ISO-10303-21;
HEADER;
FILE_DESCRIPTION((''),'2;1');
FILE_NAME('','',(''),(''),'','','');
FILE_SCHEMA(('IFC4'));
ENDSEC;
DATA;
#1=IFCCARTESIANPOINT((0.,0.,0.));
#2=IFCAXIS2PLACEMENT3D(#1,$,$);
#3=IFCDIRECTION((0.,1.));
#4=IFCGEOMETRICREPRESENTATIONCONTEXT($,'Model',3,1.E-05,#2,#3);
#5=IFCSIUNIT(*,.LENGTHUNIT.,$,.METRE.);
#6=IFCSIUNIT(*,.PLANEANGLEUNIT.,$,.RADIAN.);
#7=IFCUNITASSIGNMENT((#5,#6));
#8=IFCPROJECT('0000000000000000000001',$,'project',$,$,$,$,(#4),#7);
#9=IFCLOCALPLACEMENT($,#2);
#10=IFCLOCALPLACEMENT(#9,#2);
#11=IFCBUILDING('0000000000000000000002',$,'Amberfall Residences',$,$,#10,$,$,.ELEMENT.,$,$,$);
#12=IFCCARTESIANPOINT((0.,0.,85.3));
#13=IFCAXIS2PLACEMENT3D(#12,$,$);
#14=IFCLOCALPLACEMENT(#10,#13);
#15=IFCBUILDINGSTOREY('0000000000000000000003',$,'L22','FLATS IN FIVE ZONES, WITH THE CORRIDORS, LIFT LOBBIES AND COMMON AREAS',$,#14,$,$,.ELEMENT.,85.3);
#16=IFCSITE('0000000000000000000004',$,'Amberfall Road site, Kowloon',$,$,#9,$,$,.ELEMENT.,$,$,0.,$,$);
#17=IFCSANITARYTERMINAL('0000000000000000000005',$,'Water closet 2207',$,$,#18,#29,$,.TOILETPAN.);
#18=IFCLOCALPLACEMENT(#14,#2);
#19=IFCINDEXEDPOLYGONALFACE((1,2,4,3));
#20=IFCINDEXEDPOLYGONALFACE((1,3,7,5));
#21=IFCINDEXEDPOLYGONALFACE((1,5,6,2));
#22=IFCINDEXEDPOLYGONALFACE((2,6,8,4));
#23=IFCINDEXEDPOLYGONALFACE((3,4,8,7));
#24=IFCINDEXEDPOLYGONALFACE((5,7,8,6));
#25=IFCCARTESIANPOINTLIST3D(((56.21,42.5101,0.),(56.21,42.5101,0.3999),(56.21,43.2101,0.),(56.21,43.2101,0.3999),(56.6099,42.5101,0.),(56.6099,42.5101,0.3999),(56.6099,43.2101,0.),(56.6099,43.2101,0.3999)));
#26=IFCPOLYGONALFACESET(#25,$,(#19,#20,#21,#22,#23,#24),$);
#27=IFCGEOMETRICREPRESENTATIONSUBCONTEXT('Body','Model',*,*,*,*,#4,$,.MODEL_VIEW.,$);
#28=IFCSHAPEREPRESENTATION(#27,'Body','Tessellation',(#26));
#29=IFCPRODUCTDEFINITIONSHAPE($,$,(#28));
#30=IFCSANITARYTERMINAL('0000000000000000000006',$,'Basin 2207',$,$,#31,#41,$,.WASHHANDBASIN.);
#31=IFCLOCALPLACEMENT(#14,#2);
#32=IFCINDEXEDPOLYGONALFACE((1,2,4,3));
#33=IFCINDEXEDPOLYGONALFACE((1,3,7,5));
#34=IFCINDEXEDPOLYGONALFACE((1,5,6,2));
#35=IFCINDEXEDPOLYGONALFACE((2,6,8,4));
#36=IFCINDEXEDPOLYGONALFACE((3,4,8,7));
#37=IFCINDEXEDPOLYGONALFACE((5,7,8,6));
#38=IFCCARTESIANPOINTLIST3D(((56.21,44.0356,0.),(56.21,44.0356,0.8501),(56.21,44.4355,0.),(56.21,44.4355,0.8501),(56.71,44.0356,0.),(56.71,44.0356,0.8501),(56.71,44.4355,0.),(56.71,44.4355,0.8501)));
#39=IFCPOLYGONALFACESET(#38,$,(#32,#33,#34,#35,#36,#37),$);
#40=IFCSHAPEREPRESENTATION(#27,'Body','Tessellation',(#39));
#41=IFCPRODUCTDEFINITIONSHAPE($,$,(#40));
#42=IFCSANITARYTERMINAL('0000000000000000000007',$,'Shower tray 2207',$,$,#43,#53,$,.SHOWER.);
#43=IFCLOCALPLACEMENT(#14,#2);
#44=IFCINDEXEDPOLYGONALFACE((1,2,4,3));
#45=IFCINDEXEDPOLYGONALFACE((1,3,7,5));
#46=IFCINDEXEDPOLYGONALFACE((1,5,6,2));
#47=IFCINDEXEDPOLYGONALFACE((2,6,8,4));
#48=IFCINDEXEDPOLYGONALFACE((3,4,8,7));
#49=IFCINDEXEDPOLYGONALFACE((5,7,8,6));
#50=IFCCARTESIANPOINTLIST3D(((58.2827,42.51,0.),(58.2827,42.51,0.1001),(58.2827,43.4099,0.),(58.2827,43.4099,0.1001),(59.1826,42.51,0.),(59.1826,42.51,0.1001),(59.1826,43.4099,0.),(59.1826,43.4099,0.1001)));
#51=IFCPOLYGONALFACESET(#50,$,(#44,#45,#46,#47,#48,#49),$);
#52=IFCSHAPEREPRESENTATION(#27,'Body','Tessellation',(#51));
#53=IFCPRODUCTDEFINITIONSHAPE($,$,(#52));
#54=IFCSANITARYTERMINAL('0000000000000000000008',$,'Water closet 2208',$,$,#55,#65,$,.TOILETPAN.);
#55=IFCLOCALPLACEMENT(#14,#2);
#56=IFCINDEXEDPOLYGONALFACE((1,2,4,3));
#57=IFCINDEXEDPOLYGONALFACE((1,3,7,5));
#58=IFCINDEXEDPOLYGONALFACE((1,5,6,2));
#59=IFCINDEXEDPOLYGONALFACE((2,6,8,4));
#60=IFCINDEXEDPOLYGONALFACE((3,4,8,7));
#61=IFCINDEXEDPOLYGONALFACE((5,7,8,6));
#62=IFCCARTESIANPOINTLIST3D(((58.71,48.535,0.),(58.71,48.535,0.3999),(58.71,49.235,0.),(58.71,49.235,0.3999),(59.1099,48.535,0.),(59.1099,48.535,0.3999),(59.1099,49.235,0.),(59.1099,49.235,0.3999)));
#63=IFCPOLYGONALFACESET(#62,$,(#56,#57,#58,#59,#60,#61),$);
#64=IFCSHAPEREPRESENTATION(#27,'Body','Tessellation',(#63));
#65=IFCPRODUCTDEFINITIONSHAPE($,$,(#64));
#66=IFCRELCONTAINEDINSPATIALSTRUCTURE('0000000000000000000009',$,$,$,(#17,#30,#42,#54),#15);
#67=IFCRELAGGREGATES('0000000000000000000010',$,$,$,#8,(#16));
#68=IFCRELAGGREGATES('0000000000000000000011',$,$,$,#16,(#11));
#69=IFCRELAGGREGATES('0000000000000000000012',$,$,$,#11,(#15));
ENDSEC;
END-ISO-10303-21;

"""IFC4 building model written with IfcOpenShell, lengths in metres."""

from ifc_helpers import new_model, si_unit, direction, frame, origin, origin_2d, place, context, subcontext, project, spatial, rectangle, extrude, element, save


model = new_model("IFC4")

# Units and contexts
model_context = context("Model", 3, precision=1e-05, world=origin(), true_north=direction((0.0, 1.0)))
body_context = subcontext(model_context, "Body", "Model", "MODEL_VIEW")
ifc_project = project(units=[si_unit("LENGTHUNIT", "METRE"), si_unit("PLANEANGLEUNIT", "RADIAN")], contexts=[model_context])

# Site, building, storey
site_placement = place(None, origin())
site = spatial("IfcSite", under=ifc_project, at=site_placement, Name="Amberfall Road site, Kowloon", CompositionType="ELEMENT", RefElevation=0.0)
building_placement = place(site_placement, origin())
building = spatial("IfcBuilding", under=site, at=building_placement, Name="Amberfall Residences", CompositionType="ELEMENT")
storey_placement = place(building_placement, frame((0.0, 0.0, 85.3)))
storey = spatial("IfcBuildingStorey", under=building, at=storey_placement, Name="L22", Description="FLATS IN FIVE ZONES, WITH THE CORRIDORS, LIFT LOBBIES AND COMMON AREAS", CompositionType="ELEMENT", Elevation=85.3)

# Sanitary terminals
sanitary_terminal_1_placement = place(storey_placement, frame((56.4099, 42.8601, 0.0), z_axis=(0.0, 0.0, 1.0), x_axis=(1.0, 0.0, 0.0)))
element("IfcSanitaryTerminal", 1, at=sanitary_terminal_1_placement, inside=storey, Name="Water closet 2207", PredefinedType="TOILETPAN", context=body_context, shape_type="SweptSolid", body=[
    extrude(rectangle(XDim=0.3999, YDim=0.7, at=origin_2d()), origin(), (0.0, 0.0, 1.0), 0.3999),
])
sanitary_terminal_2_placement = place(storey_placement, frame((56.46, 44.2356, 0.0), z_axis=(0.0, 0.0, 1.0), x_axis=(1.0, 0.0, 0.0)))
element("IfcSanitaryTerminal", 2, at=sanitary_terminal_2_placement, inside=storey, Name="Basin 2207", PredefinedType="WASHHANDBASIN", context=body_context, shape_type="SweptSolid", body=[
    extrude(rectangle(XDim=0.5, YDim=0.3999, at=origin_2d()), origin(), (0.0, 0.0, 1.0), 0.8501),
])
sanitary_terminal_3_placement = place(storey_placement, frame((58.7327, 42.96, 0.0), z_axis=(0.0, 0.0, 1.0), x_axis=(1.0, 0.0, 0.0)))
element("IfcSanitaryTerminal", 3, at=sanitary_terminal_3_placement, inside=storey, Name="Shower tray 2207", PredefinedType="SHOWER", context=body_context, shape_type="SweptSolid", body=[
    extrude(rectangle(XDim=0.8999, YDim=0.8999, at=origin_2d()), origin(), (0.0, 0.0, 1.0), 0.1001),
])
sanitary_terminal_4_placement = place(storey_placement, frame((58.9099, 48.885, 0.0), z_axis=(0.0, 0.0, 1.0), x_axis=(1.0, 0.0, 0.0)))
element("IfcSanitaryTerminal", 4, at=sanitary_terminal_4_placement, inside=storey, Name="Water closet 2208", PredefinedType="TOILETPAN", context=body_context, shape_type="SweptSolid", body=[
    extrude(rectangle(XDim=0.3999, YDim=0.7, at=origin_2d()), origin(), (0.0, 0.0, 1.0), 0.3999),
])

save(model, "model.ifc")
